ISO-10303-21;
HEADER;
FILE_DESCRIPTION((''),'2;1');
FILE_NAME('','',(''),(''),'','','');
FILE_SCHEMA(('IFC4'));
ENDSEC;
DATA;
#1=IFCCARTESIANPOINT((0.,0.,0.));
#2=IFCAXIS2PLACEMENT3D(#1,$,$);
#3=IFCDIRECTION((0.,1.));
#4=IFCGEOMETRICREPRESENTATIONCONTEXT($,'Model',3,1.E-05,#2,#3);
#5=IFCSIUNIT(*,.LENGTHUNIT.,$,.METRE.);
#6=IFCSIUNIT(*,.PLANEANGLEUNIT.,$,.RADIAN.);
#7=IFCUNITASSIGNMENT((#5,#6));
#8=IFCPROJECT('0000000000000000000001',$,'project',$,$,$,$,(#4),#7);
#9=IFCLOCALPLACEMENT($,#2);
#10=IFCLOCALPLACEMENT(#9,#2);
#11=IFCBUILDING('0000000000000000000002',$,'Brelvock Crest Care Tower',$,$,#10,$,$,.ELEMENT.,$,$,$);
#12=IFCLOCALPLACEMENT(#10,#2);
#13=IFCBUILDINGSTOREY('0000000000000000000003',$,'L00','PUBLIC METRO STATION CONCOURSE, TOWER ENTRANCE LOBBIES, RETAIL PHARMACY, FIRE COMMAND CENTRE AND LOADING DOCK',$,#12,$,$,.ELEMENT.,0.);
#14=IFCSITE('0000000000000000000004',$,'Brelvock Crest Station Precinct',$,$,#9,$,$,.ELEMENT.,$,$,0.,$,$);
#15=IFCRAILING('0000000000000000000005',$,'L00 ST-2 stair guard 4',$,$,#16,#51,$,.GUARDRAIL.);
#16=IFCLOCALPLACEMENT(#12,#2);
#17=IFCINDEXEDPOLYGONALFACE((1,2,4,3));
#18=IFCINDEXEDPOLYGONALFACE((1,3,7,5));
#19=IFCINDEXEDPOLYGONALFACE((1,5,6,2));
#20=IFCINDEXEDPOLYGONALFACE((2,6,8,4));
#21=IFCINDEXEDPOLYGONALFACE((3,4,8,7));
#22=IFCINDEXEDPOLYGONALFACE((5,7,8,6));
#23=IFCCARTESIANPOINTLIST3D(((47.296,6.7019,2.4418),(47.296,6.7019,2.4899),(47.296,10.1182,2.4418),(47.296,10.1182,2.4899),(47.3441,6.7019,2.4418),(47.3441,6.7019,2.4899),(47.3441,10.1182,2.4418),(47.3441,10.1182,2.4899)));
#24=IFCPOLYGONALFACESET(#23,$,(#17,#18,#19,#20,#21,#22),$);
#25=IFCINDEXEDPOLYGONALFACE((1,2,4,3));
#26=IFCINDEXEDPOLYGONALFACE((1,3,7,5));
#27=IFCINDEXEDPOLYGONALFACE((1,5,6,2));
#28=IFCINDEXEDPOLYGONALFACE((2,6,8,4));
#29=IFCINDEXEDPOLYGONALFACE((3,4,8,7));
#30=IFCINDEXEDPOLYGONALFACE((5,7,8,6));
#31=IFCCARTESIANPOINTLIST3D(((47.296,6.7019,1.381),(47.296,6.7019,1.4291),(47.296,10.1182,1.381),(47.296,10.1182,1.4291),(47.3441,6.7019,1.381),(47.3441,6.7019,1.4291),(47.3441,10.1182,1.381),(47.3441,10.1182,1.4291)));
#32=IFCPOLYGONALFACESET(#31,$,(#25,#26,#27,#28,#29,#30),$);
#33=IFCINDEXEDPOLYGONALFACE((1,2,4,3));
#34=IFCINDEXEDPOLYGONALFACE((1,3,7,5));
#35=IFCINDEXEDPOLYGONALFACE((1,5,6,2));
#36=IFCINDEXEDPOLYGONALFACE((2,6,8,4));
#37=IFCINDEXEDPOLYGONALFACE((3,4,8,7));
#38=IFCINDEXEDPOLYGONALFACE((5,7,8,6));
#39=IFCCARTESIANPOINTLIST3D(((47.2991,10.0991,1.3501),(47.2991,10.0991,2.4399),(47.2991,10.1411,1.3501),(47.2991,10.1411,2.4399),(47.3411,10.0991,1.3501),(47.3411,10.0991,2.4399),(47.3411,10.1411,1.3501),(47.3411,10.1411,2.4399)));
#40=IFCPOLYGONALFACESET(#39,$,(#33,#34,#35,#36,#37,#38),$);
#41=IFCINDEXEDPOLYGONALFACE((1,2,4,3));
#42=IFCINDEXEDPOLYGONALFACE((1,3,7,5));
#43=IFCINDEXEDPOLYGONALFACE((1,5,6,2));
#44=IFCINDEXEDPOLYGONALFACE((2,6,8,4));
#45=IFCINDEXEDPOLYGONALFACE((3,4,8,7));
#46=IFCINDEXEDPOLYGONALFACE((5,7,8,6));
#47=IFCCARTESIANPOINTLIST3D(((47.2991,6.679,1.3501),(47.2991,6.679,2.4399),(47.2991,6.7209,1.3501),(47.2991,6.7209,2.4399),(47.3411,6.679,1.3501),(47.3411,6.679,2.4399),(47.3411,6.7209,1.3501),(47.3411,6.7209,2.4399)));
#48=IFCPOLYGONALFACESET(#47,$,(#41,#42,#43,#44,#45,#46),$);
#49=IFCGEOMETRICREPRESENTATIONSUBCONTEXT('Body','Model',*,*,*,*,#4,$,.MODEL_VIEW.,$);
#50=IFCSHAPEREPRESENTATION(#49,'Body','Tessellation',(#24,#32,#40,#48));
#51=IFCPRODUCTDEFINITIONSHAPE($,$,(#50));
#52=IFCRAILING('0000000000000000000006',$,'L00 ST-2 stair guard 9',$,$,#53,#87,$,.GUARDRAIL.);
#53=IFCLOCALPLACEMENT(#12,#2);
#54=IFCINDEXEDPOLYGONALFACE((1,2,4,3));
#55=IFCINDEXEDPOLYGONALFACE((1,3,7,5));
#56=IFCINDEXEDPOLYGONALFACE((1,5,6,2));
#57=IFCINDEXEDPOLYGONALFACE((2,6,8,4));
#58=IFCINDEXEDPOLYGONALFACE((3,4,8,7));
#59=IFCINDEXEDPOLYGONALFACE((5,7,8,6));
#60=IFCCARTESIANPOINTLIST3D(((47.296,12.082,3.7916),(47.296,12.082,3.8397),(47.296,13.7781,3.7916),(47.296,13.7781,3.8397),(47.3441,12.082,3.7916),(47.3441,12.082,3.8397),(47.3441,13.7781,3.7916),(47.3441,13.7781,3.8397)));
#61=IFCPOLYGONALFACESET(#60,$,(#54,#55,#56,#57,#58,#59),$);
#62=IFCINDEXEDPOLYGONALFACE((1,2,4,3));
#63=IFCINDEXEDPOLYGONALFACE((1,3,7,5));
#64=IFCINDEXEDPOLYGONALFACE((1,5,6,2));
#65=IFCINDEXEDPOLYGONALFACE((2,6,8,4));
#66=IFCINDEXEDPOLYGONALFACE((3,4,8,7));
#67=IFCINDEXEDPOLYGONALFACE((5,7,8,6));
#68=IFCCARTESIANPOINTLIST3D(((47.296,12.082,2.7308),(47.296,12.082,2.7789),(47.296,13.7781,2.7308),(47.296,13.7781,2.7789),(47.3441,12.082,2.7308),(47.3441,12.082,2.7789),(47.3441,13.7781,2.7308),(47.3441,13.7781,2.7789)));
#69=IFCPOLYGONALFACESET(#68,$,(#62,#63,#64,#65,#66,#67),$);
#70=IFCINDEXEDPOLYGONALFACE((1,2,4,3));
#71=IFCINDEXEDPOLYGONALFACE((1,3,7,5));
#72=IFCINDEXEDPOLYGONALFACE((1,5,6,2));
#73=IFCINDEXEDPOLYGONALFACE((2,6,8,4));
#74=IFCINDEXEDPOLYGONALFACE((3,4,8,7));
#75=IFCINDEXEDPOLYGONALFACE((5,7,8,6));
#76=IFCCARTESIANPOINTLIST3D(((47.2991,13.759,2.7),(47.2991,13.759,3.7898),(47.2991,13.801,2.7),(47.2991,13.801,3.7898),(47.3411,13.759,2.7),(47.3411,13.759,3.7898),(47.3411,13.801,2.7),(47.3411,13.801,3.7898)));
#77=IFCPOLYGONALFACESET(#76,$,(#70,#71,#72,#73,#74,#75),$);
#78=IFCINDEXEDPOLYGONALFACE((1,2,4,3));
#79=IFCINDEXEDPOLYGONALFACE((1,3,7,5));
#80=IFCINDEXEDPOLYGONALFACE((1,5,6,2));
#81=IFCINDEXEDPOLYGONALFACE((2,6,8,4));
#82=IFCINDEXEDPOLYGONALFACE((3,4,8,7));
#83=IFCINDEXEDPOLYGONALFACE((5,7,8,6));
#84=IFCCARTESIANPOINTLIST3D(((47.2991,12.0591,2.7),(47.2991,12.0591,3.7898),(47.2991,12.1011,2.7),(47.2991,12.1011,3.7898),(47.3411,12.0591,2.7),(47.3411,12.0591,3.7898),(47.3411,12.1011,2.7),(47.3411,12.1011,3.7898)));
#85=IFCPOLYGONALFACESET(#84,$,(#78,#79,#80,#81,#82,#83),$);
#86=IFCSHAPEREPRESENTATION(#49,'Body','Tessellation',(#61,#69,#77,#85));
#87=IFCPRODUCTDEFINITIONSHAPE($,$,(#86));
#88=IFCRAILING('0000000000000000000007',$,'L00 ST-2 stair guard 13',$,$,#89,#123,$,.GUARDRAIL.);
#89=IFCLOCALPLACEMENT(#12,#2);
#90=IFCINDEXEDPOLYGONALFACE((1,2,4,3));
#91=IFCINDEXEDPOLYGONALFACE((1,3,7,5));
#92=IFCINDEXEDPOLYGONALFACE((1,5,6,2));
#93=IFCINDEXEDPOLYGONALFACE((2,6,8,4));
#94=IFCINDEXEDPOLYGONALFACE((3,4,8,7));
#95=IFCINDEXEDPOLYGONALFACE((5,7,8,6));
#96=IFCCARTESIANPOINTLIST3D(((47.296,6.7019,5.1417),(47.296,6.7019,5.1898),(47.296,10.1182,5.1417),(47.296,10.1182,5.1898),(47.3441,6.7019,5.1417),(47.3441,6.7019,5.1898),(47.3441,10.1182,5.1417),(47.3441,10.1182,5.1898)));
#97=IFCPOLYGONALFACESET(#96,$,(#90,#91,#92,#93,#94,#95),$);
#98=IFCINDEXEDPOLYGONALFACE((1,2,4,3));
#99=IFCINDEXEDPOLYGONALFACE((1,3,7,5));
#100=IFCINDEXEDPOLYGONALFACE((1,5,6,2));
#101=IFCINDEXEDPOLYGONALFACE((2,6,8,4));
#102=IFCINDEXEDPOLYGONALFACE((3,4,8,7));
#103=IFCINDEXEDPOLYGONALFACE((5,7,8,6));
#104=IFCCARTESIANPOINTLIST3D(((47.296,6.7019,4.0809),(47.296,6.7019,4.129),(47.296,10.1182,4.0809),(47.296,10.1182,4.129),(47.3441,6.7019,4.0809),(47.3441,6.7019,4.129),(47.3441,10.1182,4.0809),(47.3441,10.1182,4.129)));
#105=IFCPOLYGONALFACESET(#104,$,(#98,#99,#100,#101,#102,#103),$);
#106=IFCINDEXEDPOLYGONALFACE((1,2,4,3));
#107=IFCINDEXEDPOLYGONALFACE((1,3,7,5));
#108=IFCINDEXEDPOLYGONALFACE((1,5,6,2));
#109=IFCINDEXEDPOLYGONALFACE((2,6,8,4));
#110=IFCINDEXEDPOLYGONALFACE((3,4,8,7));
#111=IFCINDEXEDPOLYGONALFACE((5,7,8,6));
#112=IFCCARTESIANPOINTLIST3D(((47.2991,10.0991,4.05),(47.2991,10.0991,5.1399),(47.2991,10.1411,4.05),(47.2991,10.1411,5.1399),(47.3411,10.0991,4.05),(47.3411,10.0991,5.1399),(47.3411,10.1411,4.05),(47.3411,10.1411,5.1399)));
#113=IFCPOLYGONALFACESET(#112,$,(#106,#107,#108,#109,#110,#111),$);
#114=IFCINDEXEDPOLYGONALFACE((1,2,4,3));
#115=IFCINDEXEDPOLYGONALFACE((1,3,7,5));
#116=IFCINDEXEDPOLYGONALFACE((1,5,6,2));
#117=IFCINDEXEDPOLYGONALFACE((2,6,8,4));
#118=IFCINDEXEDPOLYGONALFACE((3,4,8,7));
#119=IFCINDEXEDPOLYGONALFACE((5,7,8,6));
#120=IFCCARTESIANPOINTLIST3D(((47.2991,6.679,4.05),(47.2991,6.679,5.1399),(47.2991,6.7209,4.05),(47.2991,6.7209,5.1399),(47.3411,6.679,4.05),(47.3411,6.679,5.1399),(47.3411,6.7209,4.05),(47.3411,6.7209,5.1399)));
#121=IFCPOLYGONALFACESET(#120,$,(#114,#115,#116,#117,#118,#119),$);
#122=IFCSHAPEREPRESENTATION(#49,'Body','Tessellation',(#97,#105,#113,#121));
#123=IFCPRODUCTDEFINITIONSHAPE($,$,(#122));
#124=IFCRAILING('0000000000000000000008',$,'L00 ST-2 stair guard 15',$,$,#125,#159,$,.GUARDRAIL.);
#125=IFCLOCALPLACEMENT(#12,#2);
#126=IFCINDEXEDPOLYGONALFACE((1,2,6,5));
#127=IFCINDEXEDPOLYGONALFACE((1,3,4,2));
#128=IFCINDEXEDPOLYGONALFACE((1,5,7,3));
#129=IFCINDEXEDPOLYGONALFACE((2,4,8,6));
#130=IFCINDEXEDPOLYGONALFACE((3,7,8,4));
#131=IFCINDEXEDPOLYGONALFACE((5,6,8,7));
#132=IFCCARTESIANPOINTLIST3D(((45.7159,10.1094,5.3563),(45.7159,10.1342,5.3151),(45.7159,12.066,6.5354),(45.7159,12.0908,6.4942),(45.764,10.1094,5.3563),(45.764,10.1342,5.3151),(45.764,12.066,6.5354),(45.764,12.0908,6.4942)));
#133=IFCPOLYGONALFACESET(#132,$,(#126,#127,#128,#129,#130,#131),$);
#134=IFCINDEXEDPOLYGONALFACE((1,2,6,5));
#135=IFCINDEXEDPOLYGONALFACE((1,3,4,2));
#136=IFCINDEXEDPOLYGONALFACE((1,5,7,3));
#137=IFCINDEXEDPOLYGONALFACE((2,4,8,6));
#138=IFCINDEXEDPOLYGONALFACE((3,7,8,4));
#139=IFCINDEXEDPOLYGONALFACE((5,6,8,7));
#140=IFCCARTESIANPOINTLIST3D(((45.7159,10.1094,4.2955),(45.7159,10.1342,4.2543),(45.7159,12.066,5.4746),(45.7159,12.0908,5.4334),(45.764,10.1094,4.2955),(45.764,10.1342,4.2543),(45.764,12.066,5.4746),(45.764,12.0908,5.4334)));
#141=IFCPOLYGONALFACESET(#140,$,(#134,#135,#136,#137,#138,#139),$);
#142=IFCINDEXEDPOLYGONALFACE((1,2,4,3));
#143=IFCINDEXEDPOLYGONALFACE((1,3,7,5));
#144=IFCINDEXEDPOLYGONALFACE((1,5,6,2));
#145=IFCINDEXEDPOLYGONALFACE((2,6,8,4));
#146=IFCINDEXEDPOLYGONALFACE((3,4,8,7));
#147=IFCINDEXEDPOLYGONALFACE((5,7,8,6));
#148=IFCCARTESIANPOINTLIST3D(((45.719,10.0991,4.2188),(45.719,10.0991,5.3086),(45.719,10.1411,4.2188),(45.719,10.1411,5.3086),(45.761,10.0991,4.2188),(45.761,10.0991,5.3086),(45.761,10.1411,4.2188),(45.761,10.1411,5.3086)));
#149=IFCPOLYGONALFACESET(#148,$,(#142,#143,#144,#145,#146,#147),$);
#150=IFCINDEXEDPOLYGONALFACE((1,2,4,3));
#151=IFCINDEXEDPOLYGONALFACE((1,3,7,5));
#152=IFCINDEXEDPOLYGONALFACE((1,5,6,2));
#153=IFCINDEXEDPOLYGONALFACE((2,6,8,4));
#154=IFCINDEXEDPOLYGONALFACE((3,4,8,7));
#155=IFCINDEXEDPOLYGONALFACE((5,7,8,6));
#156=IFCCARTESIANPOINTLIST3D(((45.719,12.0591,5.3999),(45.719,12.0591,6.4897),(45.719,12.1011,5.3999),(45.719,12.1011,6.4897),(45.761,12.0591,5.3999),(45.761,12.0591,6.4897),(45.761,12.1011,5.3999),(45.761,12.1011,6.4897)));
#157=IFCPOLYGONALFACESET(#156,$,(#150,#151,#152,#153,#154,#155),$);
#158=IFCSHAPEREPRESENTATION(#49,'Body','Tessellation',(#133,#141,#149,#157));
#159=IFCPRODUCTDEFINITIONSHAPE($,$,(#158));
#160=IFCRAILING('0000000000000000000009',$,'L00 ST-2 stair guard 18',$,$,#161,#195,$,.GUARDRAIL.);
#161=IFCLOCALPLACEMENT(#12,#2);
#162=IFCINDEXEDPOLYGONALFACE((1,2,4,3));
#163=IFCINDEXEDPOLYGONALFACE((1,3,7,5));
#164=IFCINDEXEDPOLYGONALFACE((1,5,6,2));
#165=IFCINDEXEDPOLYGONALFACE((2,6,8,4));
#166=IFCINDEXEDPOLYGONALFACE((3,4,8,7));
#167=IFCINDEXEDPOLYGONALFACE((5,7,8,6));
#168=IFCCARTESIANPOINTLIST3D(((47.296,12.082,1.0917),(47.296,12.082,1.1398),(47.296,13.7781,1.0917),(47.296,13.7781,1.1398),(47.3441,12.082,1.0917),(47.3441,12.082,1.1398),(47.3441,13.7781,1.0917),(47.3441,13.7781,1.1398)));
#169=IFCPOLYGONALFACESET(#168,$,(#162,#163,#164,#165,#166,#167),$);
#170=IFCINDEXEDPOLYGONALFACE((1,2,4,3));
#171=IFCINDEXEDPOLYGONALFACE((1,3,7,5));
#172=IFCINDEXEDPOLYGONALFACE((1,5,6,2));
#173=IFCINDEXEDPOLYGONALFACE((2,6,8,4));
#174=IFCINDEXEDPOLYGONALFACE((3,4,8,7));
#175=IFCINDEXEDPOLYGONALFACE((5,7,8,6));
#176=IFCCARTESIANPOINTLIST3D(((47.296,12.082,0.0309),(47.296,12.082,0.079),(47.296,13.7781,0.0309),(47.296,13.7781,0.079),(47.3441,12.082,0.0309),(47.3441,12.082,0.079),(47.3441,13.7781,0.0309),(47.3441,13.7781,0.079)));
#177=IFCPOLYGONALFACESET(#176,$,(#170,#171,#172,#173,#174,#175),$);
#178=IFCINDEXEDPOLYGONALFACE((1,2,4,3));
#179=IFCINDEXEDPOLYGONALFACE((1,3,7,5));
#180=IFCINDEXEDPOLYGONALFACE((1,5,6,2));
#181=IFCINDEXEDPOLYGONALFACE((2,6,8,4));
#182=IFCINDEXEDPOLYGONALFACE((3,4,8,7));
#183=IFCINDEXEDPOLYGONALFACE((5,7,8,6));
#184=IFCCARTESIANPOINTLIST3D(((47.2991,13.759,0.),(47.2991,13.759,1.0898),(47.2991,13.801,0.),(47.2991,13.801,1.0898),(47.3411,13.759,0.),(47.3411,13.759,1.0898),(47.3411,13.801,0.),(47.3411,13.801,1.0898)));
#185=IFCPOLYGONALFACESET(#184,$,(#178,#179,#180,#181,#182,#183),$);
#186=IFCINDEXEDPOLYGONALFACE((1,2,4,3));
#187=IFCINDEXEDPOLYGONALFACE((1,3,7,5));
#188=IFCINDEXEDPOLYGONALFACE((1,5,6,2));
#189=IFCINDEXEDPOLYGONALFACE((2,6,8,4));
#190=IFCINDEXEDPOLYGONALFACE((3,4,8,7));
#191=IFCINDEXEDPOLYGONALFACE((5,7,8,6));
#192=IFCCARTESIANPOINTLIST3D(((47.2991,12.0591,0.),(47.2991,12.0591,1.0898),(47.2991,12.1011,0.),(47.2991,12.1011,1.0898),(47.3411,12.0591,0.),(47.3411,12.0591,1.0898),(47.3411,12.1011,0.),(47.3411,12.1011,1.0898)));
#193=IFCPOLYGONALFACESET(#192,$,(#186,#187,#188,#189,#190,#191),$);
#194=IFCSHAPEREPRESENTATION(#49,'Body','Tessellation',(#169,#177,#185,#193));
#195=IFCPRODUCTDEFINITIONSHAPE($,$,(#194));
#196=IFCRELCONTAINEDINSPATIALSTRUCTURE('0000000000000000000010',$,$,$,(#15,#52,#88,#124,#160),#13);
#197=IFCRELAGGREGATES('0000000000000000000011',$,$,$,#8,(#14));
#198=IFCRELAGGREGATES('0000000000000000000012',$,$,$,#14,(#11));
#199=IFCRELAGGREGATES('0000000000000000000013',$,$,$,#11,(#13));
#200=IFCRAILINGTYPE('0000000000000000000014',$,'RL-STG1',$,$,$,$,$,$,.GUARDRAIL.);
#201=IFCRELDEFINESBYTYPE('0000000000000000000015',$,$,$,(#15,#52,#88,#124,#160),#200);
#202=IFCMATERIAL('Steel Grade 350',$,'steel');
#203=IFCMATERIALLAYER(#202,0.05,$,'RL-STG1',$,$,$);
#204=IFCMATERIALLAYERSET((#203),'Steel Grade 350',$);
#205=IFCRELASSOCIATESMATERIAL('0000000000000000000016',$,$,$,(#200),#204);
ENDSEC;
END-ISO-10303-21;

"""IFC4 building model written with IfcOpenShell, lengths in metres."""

from ifc_helpers import new_model, si_unit, direction, frame, origin, origin_2d, place, context, subcontext, project, spatial, rectangle, extrude, material, layer, layer_set, type_object, element, save


model = new_model("IFC4")

# Units and contexts
model_context = context("Model", 3, precision=1e-05, world=origin(), true_north=direction((0.0, 1.0)))
body_context = subcontext(model_context, "Body", "Model", "MODEL_VIEW")
ifc_project = project(units=[si_unit("LENGTHUNIT", "METRE"), si_unit("PLANEANGLEUNIT", "RADIAN")], contexts=[model_context])

# Site, building, storey
site_placement = place(None, origin())
site = spatial("IfcSite", under=ifc_project, at=site_placement, Name="Brelvock Crest Station Precinct", CompositionType="ELEMENT", RefElevation=0.0)
building_placement = place(site_placement, origin())
building = spatial("IfcBuilding", under=site, at=building_placement, Name="Brelvock Crest Care Tower", CompositionType="ELEMENT")
storey_placement = place(building_placement, origin())
storey = spatial("IfcBuildingStorey", under=building, at=storey_placement, Name="L00", Description="PUBLIC METRO STATION CONCOURSE, TOWER ENTRANCE LOBBIES, RETAIL PHARMACY, FIRE COMMAND CENTRE AND LOADING DOCK", CompositionType="ELEMENT", Elevation=0.0)

# Shared definitions
ifc_material_1 = material(Name="Steel Grade 350", Category="steel")

# Railings
ifc_layer_1 = layer(ifc_material_1, 0.05, Name="RL-STG1")
ifc_layer_set_1 = layer_set([ifc_layer_1], Name="Steel Grade 350")
railing_type_1 = type_object("IfcRailingType", Name="RL-STG1", PredefinedType="GUARDRAIL", material=ifc_layer_set_1)
railing_1_placement = place(storey_placement, frame((47.3201, 10.1201, 1.3501)))
element("IfcRailing", 1, at=railing_1_placement, inside=storey, type_object=railing_type_1, Name="L00 ST-2 stair guard 4", PredefinedType="GUARDRAIL", context=body_context, shape_type="SweptSolid", body=[
    extrude(rectangle(XDim=0.0481, YDim=0.0481, at=origin_2d()), frame((0.0, -0.002, 1.1157), z_axis=(0.0, -1.0, 0.0), x_axis=(1.0, 0.0, 0.0)), (0.0, 0.0, 1.0), 3.4163),
    extrude(rectangle(XDim=0.0481, YDim=0.0481, at=origin_2d()), frame((0.0, -0.002, 0.0549), z_axis=(0.0, -1.0, 0.0), x_axis=(1.0, 0.0, 0.0)), (0.0, 0.0, 1.0), 3.4163),
    extrude(rectangle(XDim=0.042, YDim=0.042, at=origin_2d()), origin(), (0.0, 0.0, 1.0), 1.0898),
    extrude(rectangle(XDim=0.042, YDim=0.042, at=origin_2d()), frame((0.0, -3.4202, 0.0)), (0.0, 0.0, 1.0), 1.0898),
])
railing_2_placement = place(storey_placement, frame((47.3201, 13.78, 2.7)))
element("IfcRailing", 2, at=railing_2_placement, inside=storey, type_object=railing_type_1, Name="L00 ST-2 stair guard 9", PredefinedType="GUARDRAIL", context=body_context, shape_type="SweptSolid", body=[
    extrude(rectangle(XDim=0.0481, YDim=0.0481, at=origin_2d()), frame((0.0, -0.002, 1.1157), z_axis=(0.0, -1.0, 0.0), x_axis=(1.0, 0.0, 0.0)), (0.0, 0.0, 1.0), 1.696),
    extrude(rectangle(XDim=0.0481, YDim=0.0481, at=origin_2d()), frame((0.0, -0.002, 0.0549), z_axis=(0.0, -1.0, 0.0), x_axis=(1.0, 0.0, 0.0)), (0.0, 0.0, 1.0), 1.696),
    extrude(rectangle(XDim=0.042, YDim=0.042, at=origin_2d()), origin(), (0.0, 0.0, 1.0), 1.0898),
    extrude(rectangle(XDim=0.042, YDim=0.042, at=origin_2d()), frame((0.0, -1.7, 0.0)), (0.0, 0.0, 1.0), 1.0898),
])
railing_3_placement = place(storey_placement, frame((47.3201, 10.1201, 4.05)))
element("IfcRailing", 3, at=railing_3_placement, inside=storey, type_object=railing_type_1, Name="L00 ST-2 stair guard 13", PredefinedType="GUARDRAIL", context=body_context, shape_type="SweptSolid", body=[
    extrude(rectangle(XDim=0.0481, YDim=0.0481, at=origin_2d()), frame((0.0, -0.002, 1.1157), z_axis=(0.0, -1.0, 0.0), x_axis=(1.0, 0.0, 0.0)), (0.0, 0.0, 1.0), 3.4163),
    extrude(rectangle(XDim=0.0481, YDim=0.0481, at=origin_2d()), frame((0.0, -0.002, 0.0549), z_axis=(0.0, -1.0, 0.0), x_axis=(1.0, 0.0, 0.0)), (0.0, 0.0, 1.0), 3.4163),
    extrude(rectangle(XDim=0.042, YDim=0.042, at=origin_2d()), origin(), (0.0, 0.0, 1.0), 1.0898),
    extrude(rectangle(XDim=0.042, YDim=0.042, at=origin_2d()), frame((0.0, -3.4202, 0.0)), (0.0, 0.0, 1.0), 1.0898),
])
railing_4_placement = place(storey_placement, frame((45.74, 10.1201, 4.2188)))
element("IfcRailing", 4, at=railing_4_placement, inside=storey, type_object=railing_type_1, Name="L00 ST-2 stair guard 15", PredefinedType="GUARDRAIL", context=body_context, shape_type="SweptSolid", body=[
    extrude(rectangle(XDim=0.0481, YDim=0.0481, at=origin_2d()), frame((0.0, 0.0017, 1.1169), z_axis=(0.0, 0.856493, 0.516158), x_axis=(-1.0, 0.0, 0.0)), (0.0, 0.0, 1.0), 2.2844),
    extrude(rectangle(XDim=0.0481, YDim=0.0481, at=origin_2d()), frame((0.0, 0.0017, 0.0562), z_axis=(0.0, 0.856493, 0.516158), x_axis=(-1.0, 0.0, 0.0)), (0.0, 0.0, 1.0), 2.2844),
    extrude(rectangle(XDim=0.042, YDim=0.042, at=origin_2d()), origin(), (0.0, 0.0, 1.0), 1.0898),
    extrude(rectangle(XDim=0.042, YDim=0.042, at=origin_2d()), frame((0.0, 1.96, 1.1812)), (0.0, 0.0, 1.0), 1.0898),
])
railing_5_placement = place(storey_placement, frame((47.3201, 13.78, 0.0)))
element("IfcRailing", 5, at=railing_5_placement, inside=storey, type_object=railing_type_1, Name="L00 ST-2 stair guard 18", PredefinedType="GUARDRAIL", context=body_context, shape_type="SweptSolid", body=[
    extrude(rectangle(XDim=0.0481, YDim=0.0481, at=origin_2d()), frame((0.0, -0.002, 1.1157), z_axis=(0.0, -1.0, 0.0), x_axis=(1.0, 0.0, 0.0)), (0.0, 0.0, 1.0), 1.696),
    extrude(rectangle(XDim=0.0481, YDim=0.0481, at=origin_2d()), frame((0.0, -0.002, 0.0549), z_axis=(0.0, -1.0, 0.0), x_axis=(1.0, 0.0, 0.0)), (0.0, 0.0, 1.0), 1.696),
    extrude(rectangle(XDim=0.042, YDim=0.042, at=origin_2d()), origin(), (0.0, 0.0, 1.0), 1.0898),
    extrude(rectangle(XDim=0.042, YDim=0.042, at=origin_2d()), frame((0.0, -1.7, 0.0)), (0.0, 0.0, 1.0), 1.0898),
])

save(model, "model.ifc")
